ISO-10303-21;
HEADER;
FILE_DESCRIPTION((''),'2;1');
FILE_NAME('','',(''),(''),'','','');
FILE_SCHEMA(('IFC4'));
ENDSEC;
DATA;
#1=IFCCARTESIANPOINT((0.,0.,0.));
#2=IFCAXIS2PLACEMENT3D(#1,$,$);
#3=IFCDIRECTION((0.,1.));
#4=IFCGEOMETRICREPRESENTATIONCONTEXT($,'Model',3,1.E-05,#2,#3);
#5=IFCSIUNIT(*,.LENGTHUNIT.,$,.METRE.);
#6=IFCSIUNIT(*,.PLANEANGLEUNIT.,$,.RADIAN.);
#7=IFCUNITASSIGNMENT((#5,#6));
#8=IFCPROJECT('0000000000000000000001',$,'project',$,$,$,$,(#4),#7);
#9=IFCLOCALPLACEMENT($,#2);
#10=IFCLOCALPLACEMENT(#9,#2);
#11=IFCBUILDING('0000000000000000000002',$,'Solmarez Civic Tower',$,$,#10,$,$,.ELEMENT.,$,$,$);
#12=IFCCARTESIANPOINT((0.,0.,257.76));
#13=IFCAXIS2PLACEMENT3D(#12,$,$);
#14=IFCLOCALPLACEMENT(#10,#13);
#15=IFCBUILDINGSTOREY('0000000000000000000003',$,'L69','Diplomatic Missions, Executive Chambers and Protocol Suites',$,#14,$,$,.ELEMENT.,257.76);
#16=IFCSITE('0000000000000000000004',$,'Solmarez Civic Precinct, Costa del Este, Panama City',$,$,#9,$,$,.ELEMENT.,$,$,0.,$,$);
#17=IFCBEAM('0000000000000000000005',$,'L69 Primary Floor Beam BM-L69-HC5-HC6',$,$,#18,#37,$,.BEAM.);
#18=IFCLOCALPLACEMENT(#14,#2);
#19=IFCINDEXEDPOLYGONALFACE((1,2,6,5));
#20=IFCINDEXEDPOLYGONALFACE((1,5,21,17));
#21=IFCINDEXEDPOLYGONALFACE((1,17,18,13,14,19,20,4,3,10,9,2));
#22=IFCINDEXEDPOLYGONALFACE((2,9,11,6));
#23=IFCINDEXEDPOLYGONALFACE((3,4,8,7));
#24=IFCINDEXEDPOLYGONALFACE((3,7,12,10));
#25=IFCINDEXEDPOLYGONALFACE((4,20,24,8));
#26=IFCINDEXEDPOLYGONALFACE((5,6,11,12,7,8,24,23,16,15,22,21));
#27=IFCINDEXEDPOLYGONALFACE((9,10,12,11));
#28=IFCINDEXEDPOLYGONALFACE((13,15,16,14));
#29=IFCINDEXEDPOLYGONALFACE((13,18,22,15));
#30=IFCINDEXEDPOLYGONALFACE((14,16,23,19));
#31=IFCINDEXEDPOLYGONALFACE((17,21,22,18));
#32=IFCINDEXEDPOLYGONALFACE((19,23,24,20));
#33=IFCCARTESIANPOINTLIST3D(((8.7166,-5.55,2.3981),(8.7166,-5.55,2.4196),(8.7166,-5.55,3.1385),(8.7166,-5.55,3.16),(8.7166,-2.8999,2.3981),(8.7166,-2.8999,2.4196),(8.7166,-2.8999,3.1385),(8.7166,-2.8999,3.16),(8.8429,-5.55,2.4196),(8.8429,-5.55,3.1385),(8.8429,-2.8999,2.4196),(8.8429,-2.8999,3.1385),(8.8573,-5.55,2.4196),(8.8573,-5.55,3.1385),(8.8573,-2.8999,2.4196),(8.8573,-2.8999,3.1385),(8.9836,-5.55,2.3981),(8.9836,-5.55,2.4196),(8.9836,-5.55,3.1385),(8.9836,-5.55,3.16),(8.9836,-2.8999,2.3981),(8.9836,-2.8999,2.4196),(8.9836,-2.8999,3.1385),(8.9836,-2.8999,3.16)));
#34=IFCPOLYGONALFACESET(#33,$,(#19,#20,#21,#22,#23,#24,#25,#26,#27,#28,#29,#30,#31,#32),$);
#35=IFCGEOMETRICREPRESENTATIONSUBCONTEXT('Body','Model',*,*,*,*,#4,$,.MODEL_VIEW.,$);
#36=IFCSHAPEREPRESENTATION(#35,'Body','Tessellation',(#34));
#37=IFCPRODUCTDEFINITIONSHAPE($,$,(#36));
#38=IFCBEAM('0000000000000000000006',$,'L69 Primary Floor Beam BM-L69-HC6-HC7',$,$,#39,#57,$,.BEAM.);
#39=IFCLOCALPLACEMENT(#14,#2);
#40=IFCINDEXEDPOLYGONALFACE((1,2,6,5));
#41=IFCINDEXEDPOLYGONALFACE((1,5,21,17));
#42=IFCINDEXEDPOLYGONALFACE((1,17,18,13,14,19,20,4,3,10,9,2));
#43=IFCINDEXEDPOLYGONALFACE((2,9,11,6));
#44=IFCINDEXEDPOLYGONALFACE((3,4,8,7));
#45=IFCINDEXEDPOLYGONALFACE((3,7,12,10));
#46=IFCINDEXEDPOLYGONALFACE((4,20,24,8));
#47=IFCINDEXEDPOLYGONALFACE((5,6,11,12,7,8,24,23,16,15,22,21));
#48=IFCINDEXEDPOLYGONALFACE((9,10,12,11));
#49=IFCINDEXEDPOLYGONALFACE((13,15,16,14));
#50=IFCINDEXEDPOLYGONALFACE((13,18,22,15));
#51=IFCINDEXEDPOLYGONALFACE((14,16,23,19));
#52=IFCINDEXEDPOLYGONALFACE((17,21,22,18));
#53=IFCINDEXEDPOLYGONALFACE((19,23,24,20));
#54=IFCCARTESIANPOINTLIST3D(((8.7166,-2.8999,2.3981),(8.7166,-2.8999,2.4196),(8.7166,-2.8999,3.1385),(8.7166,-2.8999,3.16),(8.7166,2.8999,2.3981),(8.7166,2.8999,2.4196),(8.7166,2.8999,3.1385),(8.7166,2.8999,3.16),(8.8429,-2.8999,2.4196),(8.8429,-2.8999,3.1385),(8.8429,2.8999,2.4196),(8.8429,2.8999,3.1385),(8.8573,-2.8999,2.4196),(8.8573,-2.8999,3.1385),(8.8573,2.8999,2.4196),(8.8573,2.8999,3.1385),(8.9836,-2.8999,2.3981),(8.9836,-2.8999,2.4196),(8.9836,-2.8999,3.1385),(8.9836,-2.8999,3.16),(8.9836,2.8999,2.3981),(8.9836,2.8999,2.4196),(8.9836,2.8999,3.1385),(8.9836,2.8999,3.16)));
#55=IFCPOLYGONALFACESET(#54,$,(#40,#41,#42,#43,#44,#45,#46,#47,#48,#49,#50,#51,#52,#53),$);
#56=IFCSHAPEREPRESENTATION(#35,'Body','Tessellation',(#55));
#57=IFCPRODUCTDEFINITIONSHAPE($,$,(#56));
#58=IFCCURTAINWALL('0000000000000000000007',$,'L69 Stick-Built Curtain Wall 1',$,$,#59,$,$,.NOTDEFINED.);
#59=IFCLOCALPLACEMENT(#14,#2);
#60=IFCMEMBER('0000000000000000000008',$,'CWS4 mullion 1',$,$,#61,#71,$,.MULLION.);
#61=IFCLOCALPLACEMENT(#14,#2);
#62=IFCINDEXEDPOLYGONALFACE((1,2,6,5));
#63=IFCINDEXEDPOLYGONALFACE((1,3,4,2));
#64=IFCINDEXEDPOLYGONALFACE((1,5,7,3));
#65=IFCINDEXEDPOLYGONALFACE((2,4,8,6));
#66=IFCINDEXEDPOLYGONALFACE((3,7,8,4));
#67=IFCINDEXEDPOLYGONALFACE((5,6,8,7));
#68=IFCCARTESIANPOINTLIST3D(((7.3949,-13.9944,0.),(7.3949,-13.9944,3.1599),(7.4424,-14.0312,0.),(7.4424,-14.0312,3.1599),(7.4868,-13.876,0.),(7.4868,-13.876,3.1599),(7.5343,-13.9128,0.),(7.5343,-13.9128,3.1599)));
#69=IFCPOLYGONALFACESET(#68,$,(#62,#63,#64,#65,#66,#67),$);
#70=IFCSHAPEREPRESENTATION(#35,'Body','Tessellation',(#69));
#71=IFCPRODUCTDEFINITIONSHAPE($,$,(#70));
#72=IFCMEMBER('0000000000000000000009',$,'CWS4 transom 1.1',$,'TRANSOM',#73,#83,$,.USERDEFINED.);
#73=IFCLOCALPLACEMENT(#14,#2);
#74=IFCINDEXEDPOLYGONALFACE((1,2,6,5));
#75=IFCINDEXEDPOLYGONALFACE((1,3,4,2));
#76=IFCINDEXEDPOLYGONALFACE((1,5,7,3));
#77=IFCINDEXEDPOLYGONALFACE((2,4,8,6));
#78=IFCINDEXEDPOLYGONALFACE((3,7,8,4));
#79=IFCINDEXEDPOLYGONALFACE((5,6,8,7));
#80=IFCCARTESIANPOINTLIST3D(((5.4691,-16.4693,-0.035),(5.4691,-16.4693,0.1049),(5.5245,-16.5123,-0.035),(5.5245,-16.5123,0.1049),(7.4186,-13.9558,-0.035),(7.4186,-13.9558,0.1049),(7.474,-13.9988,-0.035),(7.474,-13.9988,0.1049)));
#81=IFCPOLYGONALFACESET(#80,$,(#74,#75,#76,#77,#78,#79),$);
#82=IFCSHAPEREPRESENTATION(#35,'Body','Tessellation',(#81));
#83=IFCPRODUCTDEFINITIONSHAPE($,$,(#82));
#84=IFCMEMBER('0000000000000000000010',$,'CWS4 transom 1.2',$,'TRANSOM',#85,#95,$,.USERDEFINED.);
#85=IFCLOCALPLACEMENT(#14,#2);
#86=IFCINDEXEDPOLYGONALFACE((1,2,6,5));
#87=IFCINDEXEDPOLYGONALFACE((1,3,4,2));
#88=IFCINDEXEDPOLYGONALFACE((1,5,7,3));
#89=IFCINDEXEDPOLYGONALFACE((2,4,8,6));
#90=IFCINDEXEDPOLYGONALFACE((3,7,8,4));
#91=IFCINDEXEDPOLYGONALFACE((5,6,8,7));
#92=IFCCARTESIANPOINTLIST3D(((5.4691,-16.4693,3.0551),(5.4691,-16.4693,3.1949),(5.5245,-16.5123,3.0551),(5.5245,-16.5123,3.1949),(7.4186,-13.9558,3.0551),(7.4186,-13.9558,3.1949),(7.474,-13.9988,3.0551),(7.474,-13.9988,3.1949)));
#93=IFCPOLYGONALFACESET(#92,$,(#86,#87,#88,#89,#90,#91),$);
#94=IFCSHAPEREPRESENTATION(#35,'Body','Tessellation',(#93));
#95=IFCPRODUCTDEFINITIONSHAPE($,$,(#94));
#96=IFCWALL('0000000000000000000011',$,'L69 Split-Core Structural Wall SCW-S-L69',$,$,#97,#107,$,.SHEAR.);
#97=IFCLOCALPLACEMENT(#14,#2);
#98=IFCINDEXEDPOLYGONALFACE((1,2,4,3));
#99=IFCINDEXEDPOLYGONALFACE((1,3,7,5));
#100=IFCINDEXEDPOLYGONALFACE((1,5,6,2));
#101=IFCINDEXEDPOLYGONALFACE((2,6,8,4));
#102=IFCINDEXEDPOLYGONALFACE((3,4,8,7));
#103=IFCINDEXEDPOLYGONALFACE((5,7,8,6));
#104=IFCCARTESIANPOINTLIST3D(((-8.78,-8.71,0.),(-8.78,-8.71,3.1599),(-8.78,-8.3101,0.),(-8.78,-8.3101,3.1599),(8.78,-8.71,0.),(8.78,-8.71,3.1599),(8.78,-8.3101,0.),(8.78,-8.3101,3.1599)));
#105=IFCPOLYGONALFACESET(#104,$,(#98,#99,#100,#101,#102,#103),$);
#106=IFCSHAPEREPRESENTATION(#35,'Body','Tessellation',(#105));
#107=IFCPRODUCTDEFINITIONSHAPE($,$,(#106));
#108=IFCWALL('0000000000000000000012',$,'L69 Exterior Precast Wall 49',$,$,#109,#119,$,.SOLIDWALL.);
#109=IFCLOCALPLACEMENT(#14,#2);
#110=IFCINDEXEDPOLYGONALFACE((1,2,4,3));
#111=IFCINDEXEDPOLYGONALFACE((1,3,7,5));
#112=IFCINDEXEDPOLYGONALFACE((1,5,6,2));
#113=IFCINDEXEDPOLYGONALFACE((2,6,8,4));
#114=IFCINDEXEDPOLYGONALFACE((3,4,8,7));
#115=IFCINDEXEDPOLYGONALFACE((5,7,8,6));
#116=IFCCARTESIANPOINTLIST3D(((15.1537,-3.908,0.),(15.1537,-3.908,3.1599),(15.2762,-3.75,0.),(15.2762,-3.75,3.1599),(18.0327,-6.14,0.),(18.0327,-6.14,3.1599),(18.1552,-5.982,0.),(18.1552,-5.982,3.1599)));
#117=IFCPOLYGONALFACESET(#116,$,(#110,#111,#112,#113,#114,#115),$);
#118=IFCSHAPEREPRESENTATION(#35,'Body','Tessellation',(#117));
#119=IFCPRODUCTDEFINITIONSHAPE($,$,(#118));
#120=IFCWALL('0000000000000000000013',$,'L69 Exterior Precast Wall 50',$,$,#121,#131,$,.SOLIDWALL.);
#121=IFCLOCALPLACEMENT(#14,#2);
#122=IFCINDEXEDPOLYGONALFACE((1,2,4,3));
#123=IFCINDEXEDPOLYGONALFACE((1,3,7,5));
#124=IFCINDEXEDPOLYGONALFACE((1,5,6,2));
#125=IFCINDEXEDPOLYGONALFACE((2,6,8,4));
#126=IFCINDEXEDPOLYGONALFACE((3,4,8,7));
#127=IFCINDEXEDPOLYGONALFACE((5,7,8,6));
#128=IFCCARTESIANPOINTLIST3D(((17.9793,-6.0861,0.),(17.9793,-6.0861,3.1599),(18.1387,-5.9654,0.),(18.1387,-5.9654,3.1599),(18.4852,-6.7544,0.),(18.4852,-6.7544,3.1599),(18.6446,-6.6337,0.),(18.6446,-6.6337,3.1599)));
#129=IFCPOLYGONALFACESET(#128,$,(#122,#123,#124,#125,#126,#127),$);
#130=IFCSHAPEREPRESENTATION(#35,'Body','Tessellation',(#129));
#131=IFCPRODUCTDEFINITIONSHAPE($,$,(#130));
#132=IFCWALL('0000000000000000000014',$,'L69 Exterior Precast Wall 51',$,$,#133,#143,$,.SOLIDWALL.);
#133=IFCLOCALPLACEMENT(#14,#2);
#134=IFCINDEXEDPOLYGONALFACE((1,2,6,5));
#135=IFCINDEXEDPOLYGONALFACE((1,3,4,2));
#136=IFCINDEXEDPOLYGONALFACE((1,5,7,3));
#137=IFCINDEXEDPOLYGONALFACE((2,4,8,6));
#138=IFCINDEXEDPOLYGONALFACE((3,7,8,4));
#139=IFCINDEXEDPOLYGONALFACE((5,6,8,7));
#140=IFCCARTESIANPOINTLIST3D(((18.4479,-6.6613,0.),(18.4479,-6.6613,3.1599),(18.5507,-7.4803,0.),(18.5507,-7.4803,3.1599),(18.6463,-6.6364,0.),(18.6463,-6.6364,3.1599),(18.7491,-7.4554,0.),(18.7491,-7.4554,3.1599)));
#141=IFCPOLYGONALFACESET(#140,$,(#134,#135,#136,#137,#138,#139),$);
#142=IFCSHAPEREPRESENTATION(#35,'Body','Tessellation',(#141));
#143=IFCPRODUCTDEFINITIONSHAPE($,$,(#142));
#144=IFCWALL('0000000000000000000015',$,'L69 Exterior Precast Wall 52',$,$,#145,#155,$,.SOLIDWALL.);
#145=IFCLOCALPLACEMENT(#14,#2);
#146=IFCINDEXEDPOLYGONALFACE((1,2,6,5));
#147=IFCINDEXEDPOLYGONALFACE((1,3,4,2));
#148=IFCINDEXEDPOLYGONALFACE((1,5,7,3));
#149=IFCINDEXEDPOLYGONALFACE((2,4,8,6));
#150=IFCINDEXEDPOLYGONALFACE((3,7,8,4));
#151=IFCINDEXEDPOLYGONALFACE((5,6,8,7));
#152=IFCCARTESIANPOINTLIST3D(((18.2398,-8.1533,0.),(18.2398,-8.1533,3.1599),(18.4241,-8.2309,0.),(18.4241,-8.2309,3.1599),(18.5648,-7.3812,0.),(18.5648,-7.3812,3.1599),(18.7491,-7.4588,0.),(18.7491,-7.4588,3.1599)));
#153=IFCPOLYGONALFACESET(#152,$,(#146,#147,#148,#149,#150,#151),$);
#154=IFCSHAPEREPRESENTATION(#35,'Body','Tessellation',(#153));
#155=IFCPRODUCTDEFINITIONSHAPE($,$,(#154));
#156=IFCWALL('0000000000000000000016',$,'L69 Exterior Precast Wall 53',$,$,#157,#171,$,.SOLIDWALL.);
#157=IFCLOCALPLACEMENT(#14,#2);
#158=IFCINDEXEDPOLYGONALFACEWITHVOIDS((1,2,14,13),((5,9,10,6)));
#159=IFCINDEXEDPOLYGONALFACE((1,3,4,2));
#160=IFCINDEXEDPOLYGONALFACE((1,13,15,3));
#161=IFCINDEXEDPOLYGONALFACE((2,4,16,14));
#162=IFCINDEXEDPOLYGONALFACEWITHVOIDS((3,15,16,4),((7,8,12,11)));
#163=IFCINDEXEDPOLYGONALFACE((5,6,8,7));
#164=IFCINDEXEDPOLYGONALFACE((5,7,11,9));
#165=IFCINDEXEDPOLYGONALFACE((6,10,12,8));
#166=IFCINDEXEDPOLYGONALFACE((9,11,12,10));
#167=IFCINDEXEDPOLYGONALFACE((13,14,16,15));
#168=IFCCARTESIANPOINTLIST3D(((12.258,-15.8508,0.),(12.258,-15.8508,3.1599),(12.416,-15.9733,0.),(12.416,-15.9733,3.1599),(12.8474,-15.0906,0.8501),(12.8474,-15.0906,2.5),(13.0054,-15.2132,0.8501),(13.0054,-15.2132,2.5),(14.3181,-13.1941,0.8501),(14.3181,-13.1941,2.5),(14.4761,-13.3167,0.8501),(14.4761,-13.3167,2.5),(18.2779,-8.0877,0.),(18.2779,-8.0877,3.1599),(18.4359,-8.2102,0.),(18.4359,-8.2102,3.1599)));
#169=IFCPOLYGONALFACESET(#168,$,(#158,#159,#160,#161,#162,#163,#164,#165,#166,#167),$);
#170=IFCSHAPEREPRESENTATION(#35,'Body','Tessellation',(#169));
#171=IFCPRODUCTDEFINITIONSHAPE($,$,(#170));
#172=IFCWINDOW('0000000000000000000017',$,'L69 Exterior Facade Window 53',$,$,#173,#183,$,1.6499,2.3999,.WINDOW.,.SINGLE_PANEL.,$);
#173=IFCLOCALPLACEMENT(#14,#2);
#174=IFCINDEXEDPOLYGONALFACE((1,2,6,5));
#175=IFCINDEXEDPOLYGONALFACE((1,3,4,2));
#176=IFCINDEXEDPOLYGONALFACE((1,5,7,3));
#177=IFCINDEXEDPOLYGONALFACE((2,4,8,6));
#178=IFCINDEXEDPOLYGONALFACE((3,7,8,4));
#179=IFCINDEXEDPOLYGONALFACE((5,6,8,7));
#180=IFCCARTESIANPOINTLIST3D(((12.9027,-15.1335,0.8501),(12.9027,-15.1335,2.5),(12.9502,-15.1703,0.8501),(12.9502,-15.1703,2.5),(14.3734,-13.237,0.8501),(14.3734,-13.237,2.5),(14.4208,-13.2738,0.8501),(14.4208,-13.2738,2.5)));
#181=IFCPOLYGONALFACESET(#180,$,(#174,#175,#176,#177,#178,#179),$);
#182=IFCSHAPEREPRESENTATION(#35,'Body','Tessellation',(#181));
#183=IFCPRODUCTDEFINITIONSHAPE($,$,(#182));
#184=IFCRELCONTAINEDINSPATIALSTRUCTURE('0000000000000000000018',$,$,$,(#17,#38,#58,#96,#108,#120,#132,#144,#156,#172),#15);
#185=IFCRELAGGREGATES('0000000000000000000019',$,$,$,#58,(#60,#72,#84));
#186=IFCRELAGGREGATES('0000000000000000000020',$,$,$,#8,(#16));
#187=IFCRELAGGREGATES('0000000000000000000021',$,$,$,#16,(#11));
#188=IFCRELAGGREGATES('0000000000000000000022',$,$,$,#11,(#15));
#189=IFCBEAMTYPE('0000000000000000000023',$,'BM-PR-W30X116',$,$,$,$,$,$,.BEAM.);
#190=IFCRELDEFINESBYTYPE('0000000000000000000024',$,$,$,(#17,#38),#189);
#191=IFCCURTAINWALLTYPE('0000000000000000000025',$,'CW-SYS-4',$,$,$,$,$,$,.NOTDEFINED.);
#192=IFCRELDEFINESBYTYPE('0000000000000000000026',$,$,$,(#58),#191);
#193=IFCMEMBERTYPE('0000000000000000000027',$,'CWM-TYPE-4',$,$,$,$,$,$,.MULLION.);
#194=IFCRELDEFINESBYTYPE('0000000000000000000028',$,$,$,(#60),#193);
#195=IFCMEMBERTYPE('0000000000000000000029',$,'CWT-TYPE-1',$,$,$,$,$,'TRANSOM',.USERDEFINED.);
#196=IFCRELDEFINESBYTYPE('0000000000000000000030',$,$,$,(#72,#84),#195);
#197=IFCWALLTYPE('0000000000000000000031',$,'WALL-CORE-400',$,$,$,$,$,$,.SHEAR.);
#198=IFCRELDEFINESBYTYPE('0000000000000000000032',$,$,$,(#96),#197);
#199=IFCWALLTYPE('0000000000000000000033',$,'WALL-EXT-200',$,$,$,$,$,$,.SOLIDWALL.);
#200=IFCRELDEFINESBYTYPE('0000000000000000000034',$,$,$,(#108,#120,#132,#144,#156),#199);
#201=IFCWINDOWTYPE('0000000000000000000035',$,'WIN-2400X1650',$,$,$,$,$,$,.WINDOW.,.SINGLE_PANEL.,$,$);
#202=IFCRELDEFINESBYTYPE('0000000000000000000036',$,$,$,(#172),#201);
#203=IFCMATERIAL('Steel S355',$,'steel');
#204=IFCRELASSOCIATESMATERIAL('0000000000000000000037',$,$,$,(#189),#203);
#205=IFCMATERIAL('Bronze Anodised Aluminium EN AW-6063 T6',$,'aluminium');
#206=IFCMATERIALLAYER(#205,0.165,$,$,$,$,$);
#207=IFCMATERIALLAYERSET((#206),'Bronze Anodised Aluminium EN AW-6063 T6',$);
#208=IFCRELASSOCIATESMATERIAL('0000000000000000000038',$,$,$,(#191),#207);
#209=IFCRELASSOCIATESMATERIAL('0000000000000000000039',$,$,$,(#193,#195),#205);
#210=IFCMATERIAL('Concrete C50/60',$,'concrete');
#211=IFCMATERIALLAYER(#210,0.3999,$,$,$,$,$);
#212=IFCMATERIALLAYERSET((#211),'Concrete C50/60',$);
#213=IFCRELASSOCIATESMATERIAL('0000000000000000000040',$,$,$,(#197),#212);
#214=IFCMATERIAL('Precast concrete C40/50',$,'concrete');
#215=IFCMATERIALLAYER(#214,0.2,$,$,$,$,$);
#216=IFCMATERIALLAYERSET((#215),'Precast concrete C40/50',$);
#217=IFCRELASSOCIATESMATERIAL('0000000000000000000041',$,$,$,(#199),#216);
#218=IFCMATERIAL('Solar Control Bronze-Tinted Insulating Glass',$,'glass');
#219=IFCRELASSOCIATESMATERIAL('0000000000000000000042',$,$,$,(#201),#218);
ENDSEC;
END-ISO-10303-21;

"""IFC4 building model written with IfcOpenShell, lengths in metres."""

from ifc_helpers import new_model, si_unit, direction, frame, frame_2d, origin, origin_2d, place, context, subcontext, project, spatial, rectangle, i_section, extrude, material, layer, layer_set, material_profile, profile_set, type_object, element, fill, aggregate, save


model = new_model("IFC4")

# Units and contexts
model_context = context("Model", 3, precision=1e-05, world=origin(), true_north=direction((0.0, 1.0)))
body_context = subcontext(model_context, "Body", "Model", "MODEL_VIEW")
ifc_project = project(units=[si_unit("LENGTHUNIT", "METRE"), si_unit("PLANEANGLEUNIT", "RADIAN")], contexts=[model_context])

# Site, building, storey
site_placement = place(None, origin())
site = spatial("IfcSite", under=ifc_project, at=site_placement, Name="Solmarez Civic Precinct, Costa del Este, Panama City", CompositionType="ELEMENT", RefElevation=0.0)
building_placement = place(site_placement, origin())
building = spatial("IfcBuilding", under=site, at=building_placement, Name="Solmarez Civic Tower", CompositionType="ELEMENT")
storey_placement = place(building_placement, frame((0.0, 0.0, 257.76)))
storey = spatial("IfcBuildingStorey", under=building, at=storey_placement, Name="L69", Description="Diplomatic Missions, Executive Chambers and Protocol Suites", CompositionType="ELEMENT", Elevation=257.76)

# Shared definitions
ifc_material_1 = material(Name="Concrete C50/60", Category="concrete")

# Beams
ifc_material_2 = material(Name="Steel S355", Category="steel")
ifc_material_profile_1 = material_profile(ifc_material_2, i_section(OverallWidth=0.2671, OverallDepth=0.762, WebThickness=0.0144, FlangeThickness=0.0215, at=origin_2d()), Name="W30X116")
ifc_profile_set_1 = profile_set([ifc_material_profile_1], Name="Steel S355")
beam_type_1 = type_object("IfcBeamType", Name="BM-PR-W30X116", PredefinedType="BEAM", material=ifc_profile_set_1)
beam_1_placement = place(storey_placement, frame((8.8501, -5.55, 2.7791), z_axis=(0.0, 1.0, 0.0), x_axis=(-1.0, 0.0, 0.0)))
element("IfcBeam", 1, at=beam_1_placement, inside=storey, type_object=beam_type_1, Name="L69 Primary Floor Beam BM-L69-HC5-HC6", PredefinedType="BEAM", context=body_context, shape_type="SweptSolid", body=[
    extrude(i_section(OverallWidth=0.2671, OverallDepth=0.762, WebThickness=0.0144, FlangeThickness=0.0215, at=origin_2d()), origin(), (0.0, 0.0, 1.0), 2.6501),
])
beam_2_placement = place(storey_placement, frame((8.8501, -2.8999, 2.7791), z_axis=(0.0, 1.0, 0.0), x_axis=(-1.0, 0.0, 0.0)))
element("IfcBeam", 2, at=beam_2_placement, inside=storey, type_object=beam_type_1, Name="L69 Primary Floor Beam BM-L69-HC6-HC7", PredefinedType="BEAM", context=body_context, shape_type="SweptSolid", body=[
    extrude(i_section(OverallWidth=0.2671, OverallDepth=0.762, WebThickness=0.0144, FlangeThickness=0.0215, at=origin_2d()), origin(), (0.0, 0.0, 1.0), 5.7998),
])

# Curtain wall, members
ifc_material_3 = material(Name="Bronze Anodised Aluminium EN AW-6063 T6", Category="aluminium")
ifc_layer_1 = layer(ifc_material_3, 0.165)
ifc_layer_set_1 = layer_set([ifc_layer_1], Name="Bronze Anodised Aluminium EN AW-6063 T6")
curtain_wall_type = type_object("IfcCurtainWallType", Name="CW-SYS-4", PredefinedType="NOTDEFINED", material=ifc_layer_set_1)
curtain_wall_placement = place(storey_placement, origin())
curtain_wall = element("IfcCurtainWall", 3, at=curtain_wall_placement, inside=storey, type_object=curtain_wall_type, Name="L69 Stick-Built Curtain Wall 1", PredefinedType="NOTDEFINED")
ifc_material_profile_2 = material_profile(ifc_material_3, rectangle(XDim=0.0601, YDim=0.1499, at=origin_2d()), Name="CWM-60X150")
ifc_profile_set_2 = profile_set([ifc_material_profile_2], Name="Bronze Anodised Aluminium EN AW-6063 T6")
member_type_1 = type_object("IfcMemberType", Name="CWM-TYPE-4", PredefinedType="MULLION", material=ifc_profile_set_2)
member_1_placement = place(storey_placement, frame((7.4646, -13.9536, 0.0), z_axis=(0.0, 0.0, 1.0), x_axis=(0.790191, -0.612861, 0.0)))
member_1 = element("IfcMember", 4, at=member_1_placement, type_object=member_type_1, Name="CWS4 mullion 1", PredefinedType="MULLION", context=body_context, shape_type="SweptSolid", body=[
    extrude(rectangle(XDim=0.0601, YDim=0.1499, at=origin_2d()), origin(), (0.0, 0.0, 1.0), 3.1599),
])
ifc_material_profile_3 = material_profile(ifc_material_3, rectangle(XDim=0.0701, YDim=0.1399, at=origin_2d()), Name="CWT-70X140")
ifc_profile_set_3 = profile_set([ifc_material_profile_3], Name="Bronze Anodised Aluminium EN AW-6063 T6")
member_type_2 = type_object("IfcMemberType", Name="CWT-TYPE-1", ElementType="TRANSOM", PredefinedType="USERDEFINED", material=ifc_profile_set_3)
member_2_placement = place(storey_placement, frame((7.4463, -13.9773, 0.0349), z_axis=(-0.612877, -0.790178, 0.0), x_axis=(0.790178, -0.612877, 0.0)))
member_2 = element("IfcMember", 5, at=member_2_placement, type_object=member_type_2, Name="CWS4 transom 1.1", ObjectType="TRANSOM", PredefinedType="USERDEFINED", context=body_context, shape_type="SweptSolid", body=[
    extrude(rectangle(XDim=0.0701, YDim=0.1399, at=origin_2d()), origin(), (0.0, 0.0, 1.0), 3.1809),
])
member_3_placement = place(storey_placement, frame((7.4463, -13.9773, 3.125), z_axis=(-0.612877, -0.790178, 0.0), x_axis=(0.790178, -0.612877, 0.0)))
member_3 = element("IfcMember", 6, at=member_3_placement, type_object=member_type_2, Name="CWS4 transom 1.2", ObjectType="TRANSOM", PredefinedType="USERDEFINED", context=body_context, shape_type="SweptSolid", body=[
    extrude(rectangle(XDim=0.0701, YDim=0.1399, at=origin_2d()), origin(), (0.0, 0.0, 1.0), 3.1809),
])
aggregate(curtain_wall, [member_1, member_2, member_3])

# Walls
ifc_layer_2 = layer(ifc_material_1, 0.3999)
ifc_layer_set_2 = layer_set([ifc_layer_2], Name="Concrete C50/60")
wall_type_1 = type_object("IfcWallType", Name="WALL-CORE-400", PredefinedType="SHEAR", material=ifc_layer_set_2)
wall_1_placement = place(storey_placement, frame((8.78, -8.51, 0.0), z_axis=(0.0, 0.0, 1.0), x_axis=(-1.0, 0.0, 0.0)))
element("IfcWall", 7, at=wall_1_placement, inside=storey, type_object=wall_type_1, Name="L69 Split-Core Structural Wall SCW-S-L69", PredefinedType="SHEAR", context=body_context, shape_type="SweptSolid", body=[
    extrude(rectangle(XDim=17.5601, YDim=0.3999, at=frame_2d((8.78, 0.0))), origin(), (0.0, 0.0, 1.0), 3.1599),
])
ifc_material_4 = material(Name="Precast concrete C40/50", Category="concrete")
ifc_layer_3 = layer(ifc_material_4, 0.2)
ifc_layer_set_3 = layer_set([ifc_layer_3], Name="Precast concrete C40/50")
wall_type_2 = type_object("IfcWallType", Name="WALL-EXT-200", PredefinedType="SOLIDWALL", material=ifc_layer_set_3)
wall_2_placement = place(storey_placement, frame((15.2151, -3.8291, 0.0), z_axis=(0.0, 0.0, 1.0), x_axis=(0.790311, -0.612706, 0.0)))
element("IfcWall", 8, at=wall_2_placement, inside=storey, type_object=wall_type_2, Name="L69 Exterior Precast Wall 49", PredefinedType="SOLIDWALL", context=body_context, shape_type="SweptSolid", body=[
    extrude(rectangle(XDim=3.6428, YDim=0.2, at=frame_2d((1.8213, 0.0))), origin(), (0.0, 0.0, 1.0), 3.1599),
])
wall_3_placement = place(storey_placement, frame((18.0591, -6.0259, 0.0), z_axis=(0.0, 0.0, 1.0), x_axis=(0.603583, -0.7973, 0.0)))
element("IfcWall", 9, at=wall_3_placement, inside=storey, type_object=wall_type_2, Name="L69 Exterior Precast Wall 50", PredefinedType="SOLIDWALL", context=body_context, shape_type="SweptSolid", body=[
    extrude(rectangle(XDim=0.8381, YDim=0.2, at=frame_2d((0.4189, 0.0))), origin(), (0.0, 0.0, 1.0), 3.1599),
])
wall_4_placement = place(storey_placement, frame((18.5471, -6.6489, 0.0), z_axis=(0.0, 0.0, 1.0), x_axis=(0.124508, -0.992219, 0.0)))
element("IfcWall", 10, at=wall_4_placement, inside=storey, type_object=wall_type_2, Name="L69 Exterior Precast Wall 51", PredefinedType="SOLIDWALL", context=body_context, shape_type="SweptSolid", body=[
    extrude(rectangle(XDim=0.8254, YDim=0.2, at=frame_2d((0.4126, 0.0))), origin(), (0.0, 0.0, 1.0), 3.1599),
])
wall_5_placement = place(storey_placement, frame((18.657, -7.4199, 0.0), z_axis=(0.0, 0.0, 1.0), x_axis=(-0.387966, -0.921674, 0.0)))
element("IfcWall", 11, at=wall_5_placement, inside=storey, type_object=wall_type_2, Name="L69 Exterior Precast Wall 52", PredefinedType="SOLIDWALL", context=body_context, shape_type="SweptSolid", body=[
    extrude(rectangle(XDim=0.8376, YDim=0.2, at=frame_2d((0.4189, 0.0))), origin(), (0.0, 0.0, 1.0), 3.1599),
])

# Wall, opening, window
wall_6_placement = place(storey_placement, frame((18.3569, -8.1489, 0.0), z_axis=(0.0, 0.0, 1.0), x_axis=(-0.612798, -0.79024, 0.0)))
wall_6 = element("IfcWall", 12, at=wall_6_placement, inside=storey, type_object=wall_type_2, Name="L69 Exterior Precast Wall 53", PredefinedType="SOLIDWALL", context=body_context, shape_type="SweptSolid", body=[
    extrude(rectangle(XDim=9.8237, YDim=0.2, at=frame_2d((4.9119, 0.0))), origin(), (0.0, 0.0, 1.0), 3.1599),
])
opening_placement = place(wall_6_placement, frame((6.4619, 0.0, 0.8501)))
opening = element("IfcOpeningElement", 13, at=opening_placement, cuts=wall_6, PredefinedType="OPENING", context=body_context, shape_type="SweptSolid", body=[
    extrude(rectangle(XDim=2.3999, YDim=1.6499, at=frame_2d((1.2, 0.825))), frame((0.0, 0.1099, 0.0), z_axis=(0.0, -1.0, 0.0), x_axis=(1.0, 0.0, 0.0)), (0.0, 0.0, 1.0), 0.22),
])
ifc_material_5 = material(Name="Solar Control Bronze-Tinted Insulating Glass", Category="glass")
window_type = type_object("IfcWindowType", Name="WIN-2400X1650", PartitioningType="SINGLE_PANEL", PredefinedType="WINDOW", material=ifc_material_5)
window_placement = place(opening_placement, origin())
window = element("IfcWindow", 14, at=window_placement, inside=storey, type_object=window_type, Name="L69 Exterior Facade Window 53", OverallHeight=1.6499, OverallWidth=2.3999, PartitioningType="SINGLE_PANEL", PredefinedType="WINDOW", context=body_context, shape_type="SweptSolid", body=[
    extrude(rectangle(XDim=2.3999, YDim=1.6499, at=frame_2d((1.2, 0.825))), frame((0.0, 0.03, 0.0), z_axis=(0.0, -1.0, 0.0), x_axis=(1.0, 0.0, 0.0)), (0.0, 0.0, 1.0), 0.0601),
])
fill(opening, window)

save(model, "model.ifc")
